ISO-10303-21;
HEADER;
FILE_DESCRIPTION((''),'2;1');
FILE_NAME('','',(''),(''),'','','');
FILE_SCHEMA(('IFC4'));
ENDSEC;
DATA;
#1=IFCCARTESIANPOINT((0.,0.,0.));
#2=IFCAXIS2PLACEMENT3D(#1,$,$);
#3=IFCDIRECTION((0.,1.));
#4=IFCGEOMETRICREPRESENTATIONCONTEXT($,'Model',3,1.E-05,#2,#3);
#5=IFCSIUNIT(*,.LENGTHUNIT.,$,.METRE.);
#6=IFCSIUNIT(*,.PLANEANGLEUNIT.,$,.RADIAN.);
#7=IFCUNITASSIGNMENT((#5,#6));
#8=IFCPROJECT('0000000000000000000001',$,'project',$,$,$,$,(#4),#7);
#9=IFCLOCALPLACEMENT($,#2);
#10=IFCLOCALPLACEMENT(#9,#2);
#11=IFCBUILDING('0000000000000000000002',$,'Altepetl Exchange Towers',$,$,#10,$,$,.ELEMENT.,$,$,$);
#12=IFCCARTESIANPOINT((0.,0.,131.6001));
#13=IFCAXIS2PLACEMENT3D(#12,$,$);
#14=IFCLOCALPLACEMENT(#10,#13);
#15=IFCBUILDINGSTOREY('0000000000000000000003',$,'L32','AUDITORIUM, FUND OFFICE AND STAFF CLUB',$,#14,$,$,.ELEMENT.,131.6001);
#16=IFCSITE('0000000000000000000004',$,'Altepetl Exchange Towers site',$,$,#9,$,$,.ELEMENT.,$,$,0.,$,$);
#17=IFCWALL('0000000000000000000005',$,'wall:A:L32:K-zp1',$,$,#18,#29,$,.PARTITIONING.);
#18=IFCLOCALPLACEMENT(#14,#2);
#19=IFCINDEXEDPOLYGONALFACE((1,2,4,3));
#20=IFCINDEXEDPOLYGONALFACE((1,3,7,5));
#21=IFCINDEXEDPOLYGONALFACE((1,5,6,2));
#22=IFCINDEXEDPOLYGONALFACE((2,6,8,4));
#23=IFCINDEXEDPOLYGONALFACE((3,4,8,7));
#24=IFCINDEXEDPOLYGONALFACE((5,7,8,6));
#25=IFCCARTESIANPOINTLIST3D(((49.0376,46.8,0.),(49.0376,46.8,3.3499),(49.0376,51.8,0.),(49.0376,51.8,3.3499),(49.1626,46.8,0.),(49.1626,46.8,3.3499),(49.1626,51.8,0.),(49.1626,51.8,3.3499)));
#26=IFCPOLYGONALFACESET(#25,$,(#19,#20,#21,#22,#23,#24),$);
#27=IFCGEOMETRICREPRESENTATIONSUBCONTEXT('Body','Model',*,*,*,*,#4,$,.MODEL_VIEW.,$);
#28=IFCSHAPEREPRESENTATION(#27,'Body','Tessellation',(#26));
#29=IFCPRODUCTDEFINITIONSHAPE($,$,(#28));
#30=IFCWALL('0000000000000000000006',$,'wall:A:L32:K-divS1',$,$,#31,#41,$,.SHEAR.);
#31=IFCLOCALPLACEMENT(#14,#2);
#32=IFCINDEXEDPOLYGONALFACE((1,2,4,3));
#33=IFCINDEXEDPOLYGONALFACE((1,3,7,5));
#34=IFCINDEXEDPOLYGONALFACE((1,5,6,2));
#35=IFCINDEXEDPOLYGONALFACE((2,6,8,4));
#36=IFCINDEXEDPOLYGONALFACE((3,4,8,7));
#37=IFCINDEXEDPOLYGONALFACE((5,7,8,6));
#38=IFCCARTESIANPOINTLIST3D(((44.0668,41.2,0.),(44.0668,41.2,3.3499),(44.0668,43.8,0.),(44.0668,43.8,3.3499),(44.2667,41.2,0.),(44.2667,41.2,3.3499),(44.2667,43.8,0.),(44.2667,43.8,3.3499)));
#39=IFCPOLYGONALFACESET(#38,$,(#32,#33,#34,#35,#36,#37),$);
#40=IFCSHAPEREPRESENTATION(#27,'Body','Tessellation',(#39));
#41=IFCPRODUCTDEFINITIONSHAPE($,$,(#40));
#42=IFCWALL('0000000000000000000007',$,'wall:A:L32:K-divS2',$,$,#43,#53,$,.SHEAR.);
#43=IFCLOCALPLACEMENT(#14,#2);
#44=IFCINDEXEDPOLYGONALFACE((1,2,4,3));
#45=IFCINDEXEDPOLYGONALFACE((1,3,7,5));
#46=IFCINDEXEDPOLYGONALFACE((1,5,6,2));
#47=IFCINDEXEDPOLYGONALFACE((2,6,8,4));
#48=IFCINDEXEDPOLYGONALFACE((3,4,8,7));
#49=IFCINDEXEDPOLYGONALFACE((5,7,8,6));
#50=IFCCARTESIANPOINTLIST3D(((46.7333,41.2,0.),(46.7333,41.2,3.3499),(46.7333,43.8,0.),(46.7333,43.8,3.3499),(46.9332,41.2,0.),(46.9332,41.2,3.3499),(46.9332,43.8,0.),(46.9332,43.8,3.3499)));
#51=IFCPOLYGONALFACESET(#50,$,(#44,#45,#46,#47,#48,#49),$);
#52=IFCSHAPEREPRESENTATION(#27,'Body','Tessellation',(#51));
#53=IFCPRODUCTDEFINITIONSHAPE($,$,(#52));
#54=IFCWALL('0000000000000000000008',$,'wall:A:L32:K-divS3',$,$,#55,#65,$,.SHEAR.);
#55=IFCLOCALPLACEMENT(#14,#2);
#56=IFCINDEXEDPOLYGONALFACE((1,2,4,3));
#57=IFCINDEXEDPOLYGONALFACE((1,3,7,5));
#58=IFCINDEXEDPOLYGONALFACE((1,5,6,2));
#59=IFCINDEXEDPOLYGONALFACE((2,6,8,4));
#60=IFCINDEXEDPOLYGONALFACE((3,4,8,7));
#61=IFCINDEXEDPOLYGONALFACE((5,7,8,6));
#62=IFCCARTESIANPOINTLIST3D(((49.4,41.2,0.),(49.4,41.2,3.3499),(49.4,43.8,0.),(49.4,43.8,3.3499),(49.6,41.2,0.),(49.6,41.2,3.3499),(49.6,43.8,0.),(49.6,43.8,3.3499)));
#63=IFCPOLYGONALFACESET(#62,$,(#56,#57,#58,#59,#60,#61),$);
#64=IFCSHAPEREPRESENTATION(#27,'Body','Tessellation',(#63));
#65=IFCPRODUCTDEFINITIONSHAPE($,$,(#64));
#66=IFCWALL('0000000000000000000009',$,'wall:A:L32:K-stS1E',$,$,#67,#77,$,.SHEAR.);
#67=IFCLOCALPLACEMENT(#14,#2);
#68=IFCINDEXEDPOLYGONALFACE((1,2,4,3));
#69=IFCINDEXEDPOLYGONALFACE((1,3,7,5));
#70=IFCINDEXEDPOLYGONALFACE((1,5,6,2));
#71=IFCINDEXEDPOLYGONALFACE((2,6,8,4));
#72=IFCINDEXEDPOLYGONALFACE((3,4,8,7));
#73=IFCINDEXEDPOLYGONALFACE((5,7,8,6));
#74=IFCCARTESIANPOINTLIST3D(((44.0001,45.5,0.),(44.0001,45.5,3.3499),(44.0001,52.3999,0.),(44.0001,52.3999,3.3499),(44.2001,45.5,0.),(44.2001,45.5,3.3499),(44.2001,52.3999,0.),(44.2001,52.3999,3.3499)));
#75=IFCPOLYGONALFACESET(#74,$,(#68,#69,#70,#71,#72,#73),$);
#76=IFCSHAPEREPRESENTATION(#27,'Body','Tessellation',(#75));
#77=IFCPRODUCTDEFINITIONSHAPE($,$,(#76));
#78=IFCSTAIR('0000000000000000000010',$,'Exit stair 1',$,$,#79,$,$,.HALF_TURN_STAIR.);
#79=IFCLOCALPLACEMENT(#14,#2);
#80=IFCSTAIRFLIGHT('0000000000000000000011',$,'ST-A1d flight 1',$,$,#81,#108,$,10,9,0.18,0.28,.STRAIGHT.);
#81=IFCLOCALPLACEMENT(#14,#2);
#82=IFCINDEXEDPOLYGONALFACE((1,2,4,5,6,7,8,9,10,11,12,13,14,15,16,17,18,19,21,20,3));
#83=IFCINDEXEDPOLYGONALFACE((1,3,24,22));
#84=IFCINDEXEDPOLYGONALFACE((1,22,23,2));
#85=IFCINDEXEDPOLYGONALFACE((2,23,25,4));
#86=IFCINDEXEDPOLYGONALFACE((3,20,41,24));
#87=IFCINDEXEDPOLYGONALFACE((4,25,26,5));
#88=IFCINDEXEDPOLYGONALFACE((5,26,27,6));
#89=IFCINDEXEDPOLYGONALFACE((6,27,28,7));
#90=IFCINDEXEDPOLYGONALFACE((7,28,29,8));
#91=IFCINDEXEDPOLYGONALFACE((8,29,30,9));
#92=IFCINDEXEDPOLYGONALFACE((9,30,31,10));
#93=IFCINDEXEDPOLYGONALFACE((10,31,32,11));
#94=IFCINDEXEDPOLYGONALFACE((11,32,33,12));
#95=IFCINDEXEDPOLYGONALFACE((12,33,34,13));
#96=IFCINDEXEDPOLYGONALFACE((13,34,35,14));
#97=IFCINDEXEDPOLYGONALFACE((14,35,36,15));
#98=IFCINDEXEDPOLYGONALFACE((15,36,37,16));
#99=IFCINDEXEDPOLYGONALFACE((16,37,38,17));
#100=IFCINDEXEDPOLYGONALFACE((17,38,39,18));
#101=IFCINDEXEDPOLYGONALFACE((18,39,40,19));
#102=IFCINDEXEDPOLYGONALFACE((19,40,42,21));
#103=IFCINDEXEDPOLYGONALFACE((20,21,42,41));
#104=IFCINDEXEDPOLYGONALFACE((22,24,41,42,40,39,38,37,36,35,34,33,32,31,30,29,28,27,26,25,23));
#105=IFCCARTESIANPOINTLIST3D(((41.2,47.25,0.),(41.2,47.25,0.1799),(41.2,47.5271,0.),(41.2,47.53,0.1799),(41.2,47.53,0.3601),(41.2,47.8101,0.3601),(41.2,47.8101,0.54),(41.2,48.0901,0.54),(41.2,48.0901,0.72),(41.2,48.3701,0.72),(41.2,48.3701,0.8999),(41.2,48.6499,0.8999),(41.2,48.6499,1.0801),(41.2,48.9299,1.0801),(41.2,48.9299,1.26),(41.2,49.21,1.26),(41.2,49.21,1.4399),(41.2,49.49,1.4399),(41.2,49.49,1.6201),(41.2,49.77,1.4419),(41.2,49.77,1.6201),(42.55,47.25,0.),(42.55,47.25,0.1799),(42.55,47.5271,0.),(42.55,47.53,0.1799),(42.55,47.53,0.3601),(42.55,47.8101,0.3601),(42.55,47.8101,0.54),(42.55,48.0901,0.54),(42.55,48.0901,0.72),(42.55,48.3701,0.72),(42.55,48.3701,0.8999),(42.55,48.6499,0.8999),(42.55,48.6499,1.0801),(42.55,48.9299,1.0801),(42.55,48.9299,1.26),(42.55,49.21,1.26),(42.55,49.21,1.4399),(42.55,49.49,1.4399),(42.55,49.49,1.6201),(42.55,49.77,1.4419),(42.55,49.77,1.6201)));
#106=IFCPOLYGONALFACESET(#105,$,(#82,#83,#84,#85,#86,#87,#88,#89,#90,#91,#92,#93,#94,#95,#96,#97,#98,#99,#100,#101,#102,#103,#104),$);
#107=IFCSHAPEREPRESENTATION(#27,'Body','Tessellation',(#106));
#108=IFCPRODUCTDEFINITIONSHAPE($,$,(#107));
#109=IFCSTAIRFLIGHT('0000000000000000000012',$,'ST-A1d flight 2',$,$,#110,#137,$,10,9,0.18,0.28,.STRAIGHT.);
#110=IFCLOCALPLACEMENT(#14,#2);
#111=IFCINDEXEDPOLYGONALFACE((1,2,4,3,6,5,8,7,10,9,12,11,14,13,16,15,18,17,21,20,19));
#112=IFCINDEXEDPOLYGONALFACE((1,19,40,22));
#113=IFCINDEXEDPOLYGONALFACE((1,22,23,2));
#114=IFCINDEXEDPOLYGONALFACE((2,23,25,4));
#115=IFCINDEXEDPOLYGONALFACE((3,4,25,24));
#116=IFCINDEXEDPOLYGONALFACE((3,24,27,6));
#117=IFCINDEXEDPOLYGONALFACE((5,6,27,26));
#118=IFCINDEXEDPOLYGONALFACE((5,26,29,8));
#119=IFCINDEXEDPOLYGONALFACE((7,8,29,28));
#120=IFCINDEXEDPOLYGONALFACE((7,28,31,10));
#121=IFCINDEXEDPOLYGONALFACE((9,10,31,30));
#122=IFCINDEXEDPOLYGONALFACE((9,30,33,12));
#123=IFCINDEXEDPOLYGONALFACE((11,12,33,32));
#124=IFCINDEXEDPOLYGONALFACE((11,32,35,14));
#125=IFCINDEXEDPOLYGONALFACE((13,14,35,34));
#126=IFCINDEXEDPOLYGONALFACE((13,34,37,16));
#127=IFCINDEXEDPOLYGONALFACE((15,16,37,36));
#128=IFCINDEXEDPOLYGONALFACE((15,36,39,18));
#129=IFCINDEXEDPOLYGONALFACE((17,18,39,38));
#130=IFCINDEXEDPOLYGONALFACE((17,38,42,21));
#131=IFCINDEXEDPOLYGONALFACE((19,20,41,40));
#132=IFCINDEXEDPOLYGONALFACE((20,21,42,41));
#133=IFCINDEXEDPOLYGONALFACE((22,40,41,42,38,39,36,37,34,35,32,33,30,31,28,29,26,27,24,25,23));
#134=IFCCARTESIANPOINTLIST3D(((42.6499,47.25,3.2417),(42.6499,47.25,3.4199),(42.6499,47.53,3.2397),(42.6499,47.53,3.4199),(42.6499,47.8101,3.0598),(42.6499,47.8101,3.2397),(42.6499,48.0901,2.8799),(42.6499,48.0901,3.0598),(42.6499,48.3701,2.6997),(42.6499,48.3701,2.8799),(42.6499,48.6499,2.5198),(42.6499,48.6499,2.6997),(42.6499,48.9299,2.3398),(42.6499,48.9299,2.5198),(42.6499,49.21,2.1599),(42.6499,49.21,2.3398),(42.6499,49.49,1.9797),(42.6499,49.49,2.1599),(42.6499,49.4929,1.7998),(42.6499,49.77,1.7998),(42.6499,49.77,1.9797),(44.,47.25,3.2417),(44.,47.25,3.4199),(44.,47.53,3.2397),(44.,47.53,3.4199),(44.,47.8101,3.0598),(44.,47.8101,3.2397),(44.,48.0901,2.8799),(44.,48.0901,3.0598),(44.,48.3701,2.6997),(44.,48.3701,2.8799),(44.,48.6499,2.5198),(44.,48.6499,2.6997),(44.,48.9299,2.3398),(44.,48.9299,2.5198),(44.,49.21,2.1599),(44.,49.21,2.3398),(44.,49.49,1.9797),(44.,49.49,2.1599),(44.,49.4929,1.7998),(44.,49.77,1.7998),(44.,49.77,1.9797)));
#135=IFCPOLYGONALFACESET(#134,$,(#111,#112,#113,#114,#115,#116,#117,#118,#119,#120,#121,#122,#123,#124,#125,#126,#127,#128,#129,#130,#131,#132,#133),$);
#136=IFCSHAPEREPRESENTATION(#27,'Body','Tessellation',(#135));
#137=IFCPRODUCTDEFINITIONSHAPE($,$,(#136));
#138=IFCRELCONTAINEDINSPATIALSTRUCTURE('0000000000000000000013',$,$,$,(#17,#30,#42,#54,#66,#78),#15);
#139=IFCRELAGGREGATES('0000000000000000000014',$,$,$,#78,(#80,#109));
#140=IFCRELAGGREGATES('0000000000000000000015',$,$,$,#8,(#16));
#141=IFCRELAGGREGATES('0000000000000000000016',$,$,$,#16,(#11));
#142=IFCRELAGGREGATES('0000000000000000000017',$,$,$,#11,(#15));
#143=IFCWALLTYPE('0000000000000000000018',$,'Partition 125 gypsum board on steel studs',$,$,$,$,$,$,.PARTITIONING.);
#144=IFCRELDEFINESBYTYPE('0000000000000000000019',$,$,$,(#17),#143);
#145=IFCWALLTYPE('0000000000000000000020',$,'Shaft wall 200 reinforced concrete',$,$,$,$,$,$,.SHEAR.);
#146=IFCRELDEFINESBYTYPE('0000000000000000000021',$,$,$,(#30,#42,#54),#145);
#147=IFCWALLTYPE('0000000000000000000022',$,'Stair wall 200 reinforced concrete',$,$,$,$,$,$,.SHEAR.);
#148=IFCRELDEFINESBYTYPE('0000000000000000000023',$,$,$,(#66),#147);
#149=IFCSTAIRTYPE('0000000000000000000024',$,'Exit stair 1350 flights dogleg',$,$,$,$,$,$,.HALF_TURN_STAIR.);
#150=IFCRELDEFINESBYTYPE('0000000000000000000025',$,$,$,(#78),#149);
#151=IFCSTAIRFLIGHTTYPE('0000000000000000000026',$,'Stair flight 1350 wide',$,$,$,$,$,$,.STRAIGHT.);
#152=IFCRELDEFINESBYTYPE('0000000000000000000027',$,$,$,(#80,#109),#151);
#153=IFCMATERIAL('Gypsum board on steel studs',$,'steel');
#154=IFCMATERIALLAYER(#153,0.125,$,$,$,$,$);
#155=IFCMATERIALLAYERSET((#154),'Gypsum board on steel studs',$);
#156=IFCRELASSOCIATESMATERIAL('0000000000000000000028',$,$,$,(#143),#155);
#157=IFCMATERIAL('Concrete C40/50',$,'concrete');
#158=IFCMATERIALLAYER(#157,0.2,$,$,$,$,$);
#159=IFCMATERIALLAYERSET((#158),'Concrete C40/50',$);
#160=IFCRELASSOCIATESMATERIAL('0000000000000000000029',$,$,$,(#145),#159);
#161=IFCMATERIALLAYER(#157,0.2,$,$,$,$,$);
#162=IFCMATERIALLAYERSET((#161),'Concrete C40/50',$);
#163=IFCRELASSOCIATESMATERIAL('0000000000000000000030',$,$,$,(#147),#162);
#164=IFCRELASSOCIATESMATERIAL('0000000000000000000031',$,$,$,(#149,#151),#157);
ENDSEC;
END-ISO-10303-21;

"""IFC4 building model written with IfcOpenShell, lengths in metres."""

from ifc_helpers import new_model, si_unit, direction, frame, frame_2d, origin, place, context, subcontext, project, spatial, polyline, rectangle, outline, extrude, material, layer, layer_set, type_object, element, aggregate, save


model = new_model("IFC4")

# Units and contexts
model_context = context("Model", 3, precision=1e-05, world=origin(), true_north=direction((0.0, 1.0)))
body_context = subcontext(model_context, "Body", "Model", "MODEL_VIEW")
ifc_project = project(units=[si_unit("LENGTHUNIT", "METRE"), si_unit("PLANEANGLEUNIT", "RADIAN")], contexts=[model_context])

# Site, building, storey
site_placement = place(None, origin())
site = spatial("IfcSite", under=ifc_project, at=site_placement, Name="Altepetl Exchange Towers site", CompositionType="ELEMENT", RefElevation=0.0)
building_placement = place(site_placement, origin())
building = spatial("IfcBuilding", under=site, at=building_placement, Name="Altepetl Exchange Towers", CompositionType="ELEMENT")
storey_placement = place(building_placement, frame((0.0, 0.0, 131.6001)))
storey = spatial("IfcBuildingStorey", under=building, at=storey_placement, Name="L32", Description="AUDITORIUM, FUND OFFICE AND STAFF CLUB", CompositionType="ELEMENT", Elevation=131.6001)

# Walls
ifc_material_1 = material(Name="Gypsum board on steel studs", Category="steel")
ifc_layer_1 = layer(ifc_material_1, 0.125)
ifc_layer_set_1 = layer_set([ifc_layer_1], Name="Gypsum board on steel studs")
wall_type_1 = type_object("IfcWallType", Name="Partition 125 gypsum board on steel studs", PredefinedType="PARTITIONING", material=ifc_layer_set_1)
wall_1_placement = place(storey_placement, frame((49.1001, 46.8, 0.0), z_axis=(0.0, 0.0, 1.0), x_axis=(0.0, 1.0, 0.0)))
element("IfcWall", 1, at=wall_1_placement, inside=storey, type_object=wall_type_1, Name="wall:A:L32:K-zp1", PredefinedType="PARTITIONING", context=body_context, shape_type="SweptSolid", body=[
    extrude(rectangle(XDim=5.0, YDim=0.125, at=frame_2d((2.5, 0.0))), origin(), (0.0, 0.0, 1.0), 3.3499),
])
ifc_material_2 = material(Name="Concrete C40/50", Category="concrete")
ifc_layer_2 = layer(ifc_material_2, 0.2)
ifc_layer_set_2 = layer_set([ifc_layer_2], Name="Concrete C40/50")
wall_type_2 = type_object("IfcWallType", Name="Shaft wall 200 reinforced concrete", PredefinedType="SHEAR", material=ifc_layer_set_2)
for number, where, z_axis, x_axis, name in (
    (2, (44.1667, 41.2, 0.0), (0.0, 0.0, 1.0), (0.0, 1.0, 0.0), "wall:A:L32:K-divS1"),
    (3, (46.8333, 41.2, 0.0), (0.0, 0.0, 1.0), (0.0, 1.0, 0.0), "wall:A:L32:K-divS2"),
    (4, (49.5, 41.2, 0.0), (0.0, 0.0, 1.0), (0.0, 1.0, 0.0), "wall:A:L32:K-divS3"),
):
    element("IfcWall", number, at=place(storey_placement, frame(where, z_axis=z_axis, x_axis=x_axis)), inside=storey, type_object=wall_type_2, Name=name, PredefinedType="SHEAR", context=body_context, shape_type="SweptSolid", body=[
        extrude(rectangle(XDim=2.6001, YDim=0.2, at=frame_2d((1.3, 0.0))), origin(), (0.0, 0.0, 1.0), 3.3499),
    ])
ifc_layer_3 = layer(ifc_material_2, 0.2)
ifc_layer_set_3 = layer_set([ifc_layer_3], Name="Concrete C40/50")
wall_type_3 = type_object("IfcWallType", Name="Stair wall 200 reinforced concrete", PredefinedType="SHEAR", material=ifc_layer_set_3)
wall_2_placement = place(storey_placement, frame((44.1001, 45.5, 0.0), z_axis=(0.0, 0.0, 1.0), x_axis=(0.0, 1.0, 0.0)))
element("IfcWall", 5, at=wall_2_placement, inside=storey, type_object=wall_type_3, Name="wall:A:L32:K-stS1E", PredefinedType="SHEAR", context=body_context, shape_type="SweptSolid", body=[
    extrude(rectangle(XDim=6.8999, YDim=0.2, at=frame_2d((3.45, 0.0))), origin(), (0.0, 0.0, 1.0), 3.3499),
])

# Stair, stair flights
stair_type = type_object("IfcStairType", Name="Exit stair 1350 flights dogleg", PredefinedType="HALF_TURN_STAIR", material=ifc_material_2)
stair_placement = place(storey_placement, origin())
stair = element("IfcStair", 6, at=stair_placement, inside=storey, type_object=stair_type, Name="Exit stair 1", PredefinedType="HALF_TURN_STAIR")
stair_flight_type = type_object("IfcStairFlightType", Name="Stair flight 1350 wide", PredefinedType="STRAIGHT", material=ifc_material_2)
stair_flight_1_placement = place(storey_placement, frame((41.875, 47.25, 0.0), z_axis=(0.0, 0.0, 1.0), x_axis=(0.0, 1.0, 0.0)))
stair_flight_1 = element("IfcStairFlight", 7, at=stair_flight_1_placement, type_object=stair_flight_type, Name="ST-A1d flight 1", NumberOfRisers=10, NumberOfTreads=9, PredefinedType="STRAIGHT", RiserHeight=0.18, TreadLength=0.28, context=body_context, shape_type="SweptSolid", body=[
    extrude(outline(polyline([(0.0, 0.0), (0.0, 0.1799), (0.28, 0.1799), (0.28, 0.3601), (0.5601, 0.3601), (0.5601, 0.54), (0.8401, 0.54), (0.8401, 0.72), (1.1201, 0.72), (1.1201, 0.8999), (1.3999, 0.8999), (1.3999, 1.0801), (1.6799, 1.0801), (1.6799, 1.26), (1.96, 1.26), (1.96, 1.4399), (2.24, 1.4399), (2.24, 1.6201), (2.52, 1.6201), (2.52, 1.8), (2.52, 1.4419), (0.2771, 0.0), (0.0, 0.0)])), frame((0.0, 0.675, 0.0), z_axis=(0.0, -1.0, 0.0), x_axis=(1.0, 0.0, 0.0)), (0.0, 0.0, 1.0), 1.3501),
])
stair_flight_2_placement = place(storey_placement, frame((43.325, 49.77, 1.7998), z_axis=(0.0, 0.0, 1.0), x_axis=(0.0, -1.0, 0.0)))
stair_flight_2 = element("IfcStairFlight", 8, at=stair_flight_2_placement, type_object=stair_flight_type, Name="ST-A1d flight 2", NumberOfRisers=10, NumberOfTreads=9, PredefinedType="STRAIGHT", RiserHeight=0.18, TreadLength=0.28, context=body_context, shape_type="SweptSolid", body=[
    extrude(outline(polyline([(0.0, 0.0), (0.0, 0.1799), (0.28, 0.1799), (0.28, 0.3601), (0.5601, 0.3601), (0.5601, 0.54), (0.8401, 0.54), (0.8401, 0.72), (1.1201, 0.72), (1.1201, 0.8999), (1.3999, 0.8999), (1.3999, 1.0801), (1.6799, 1.0801), (1.6799, 1.26), (1.96, 1.26), (1.96, 1.4399), (2.24, 1.4399), (2.24, 1.6201), (2.52, 1.6201), (2.52, 1.8), (2.52, 1.4419), (0.2771, 0.0), (0.0, 0.0)])), frame((0.0, 0.675, 0.0), z_axis=(0.0, -1.0, 0.0), x_axis=(1.0, 0.0, 0.0)), (0.0, 0.0, 1.0), 1.3501),
])
aggregate(stair, [stair_flight_1, stair_flight_2])

save(model, "model.ifc")
